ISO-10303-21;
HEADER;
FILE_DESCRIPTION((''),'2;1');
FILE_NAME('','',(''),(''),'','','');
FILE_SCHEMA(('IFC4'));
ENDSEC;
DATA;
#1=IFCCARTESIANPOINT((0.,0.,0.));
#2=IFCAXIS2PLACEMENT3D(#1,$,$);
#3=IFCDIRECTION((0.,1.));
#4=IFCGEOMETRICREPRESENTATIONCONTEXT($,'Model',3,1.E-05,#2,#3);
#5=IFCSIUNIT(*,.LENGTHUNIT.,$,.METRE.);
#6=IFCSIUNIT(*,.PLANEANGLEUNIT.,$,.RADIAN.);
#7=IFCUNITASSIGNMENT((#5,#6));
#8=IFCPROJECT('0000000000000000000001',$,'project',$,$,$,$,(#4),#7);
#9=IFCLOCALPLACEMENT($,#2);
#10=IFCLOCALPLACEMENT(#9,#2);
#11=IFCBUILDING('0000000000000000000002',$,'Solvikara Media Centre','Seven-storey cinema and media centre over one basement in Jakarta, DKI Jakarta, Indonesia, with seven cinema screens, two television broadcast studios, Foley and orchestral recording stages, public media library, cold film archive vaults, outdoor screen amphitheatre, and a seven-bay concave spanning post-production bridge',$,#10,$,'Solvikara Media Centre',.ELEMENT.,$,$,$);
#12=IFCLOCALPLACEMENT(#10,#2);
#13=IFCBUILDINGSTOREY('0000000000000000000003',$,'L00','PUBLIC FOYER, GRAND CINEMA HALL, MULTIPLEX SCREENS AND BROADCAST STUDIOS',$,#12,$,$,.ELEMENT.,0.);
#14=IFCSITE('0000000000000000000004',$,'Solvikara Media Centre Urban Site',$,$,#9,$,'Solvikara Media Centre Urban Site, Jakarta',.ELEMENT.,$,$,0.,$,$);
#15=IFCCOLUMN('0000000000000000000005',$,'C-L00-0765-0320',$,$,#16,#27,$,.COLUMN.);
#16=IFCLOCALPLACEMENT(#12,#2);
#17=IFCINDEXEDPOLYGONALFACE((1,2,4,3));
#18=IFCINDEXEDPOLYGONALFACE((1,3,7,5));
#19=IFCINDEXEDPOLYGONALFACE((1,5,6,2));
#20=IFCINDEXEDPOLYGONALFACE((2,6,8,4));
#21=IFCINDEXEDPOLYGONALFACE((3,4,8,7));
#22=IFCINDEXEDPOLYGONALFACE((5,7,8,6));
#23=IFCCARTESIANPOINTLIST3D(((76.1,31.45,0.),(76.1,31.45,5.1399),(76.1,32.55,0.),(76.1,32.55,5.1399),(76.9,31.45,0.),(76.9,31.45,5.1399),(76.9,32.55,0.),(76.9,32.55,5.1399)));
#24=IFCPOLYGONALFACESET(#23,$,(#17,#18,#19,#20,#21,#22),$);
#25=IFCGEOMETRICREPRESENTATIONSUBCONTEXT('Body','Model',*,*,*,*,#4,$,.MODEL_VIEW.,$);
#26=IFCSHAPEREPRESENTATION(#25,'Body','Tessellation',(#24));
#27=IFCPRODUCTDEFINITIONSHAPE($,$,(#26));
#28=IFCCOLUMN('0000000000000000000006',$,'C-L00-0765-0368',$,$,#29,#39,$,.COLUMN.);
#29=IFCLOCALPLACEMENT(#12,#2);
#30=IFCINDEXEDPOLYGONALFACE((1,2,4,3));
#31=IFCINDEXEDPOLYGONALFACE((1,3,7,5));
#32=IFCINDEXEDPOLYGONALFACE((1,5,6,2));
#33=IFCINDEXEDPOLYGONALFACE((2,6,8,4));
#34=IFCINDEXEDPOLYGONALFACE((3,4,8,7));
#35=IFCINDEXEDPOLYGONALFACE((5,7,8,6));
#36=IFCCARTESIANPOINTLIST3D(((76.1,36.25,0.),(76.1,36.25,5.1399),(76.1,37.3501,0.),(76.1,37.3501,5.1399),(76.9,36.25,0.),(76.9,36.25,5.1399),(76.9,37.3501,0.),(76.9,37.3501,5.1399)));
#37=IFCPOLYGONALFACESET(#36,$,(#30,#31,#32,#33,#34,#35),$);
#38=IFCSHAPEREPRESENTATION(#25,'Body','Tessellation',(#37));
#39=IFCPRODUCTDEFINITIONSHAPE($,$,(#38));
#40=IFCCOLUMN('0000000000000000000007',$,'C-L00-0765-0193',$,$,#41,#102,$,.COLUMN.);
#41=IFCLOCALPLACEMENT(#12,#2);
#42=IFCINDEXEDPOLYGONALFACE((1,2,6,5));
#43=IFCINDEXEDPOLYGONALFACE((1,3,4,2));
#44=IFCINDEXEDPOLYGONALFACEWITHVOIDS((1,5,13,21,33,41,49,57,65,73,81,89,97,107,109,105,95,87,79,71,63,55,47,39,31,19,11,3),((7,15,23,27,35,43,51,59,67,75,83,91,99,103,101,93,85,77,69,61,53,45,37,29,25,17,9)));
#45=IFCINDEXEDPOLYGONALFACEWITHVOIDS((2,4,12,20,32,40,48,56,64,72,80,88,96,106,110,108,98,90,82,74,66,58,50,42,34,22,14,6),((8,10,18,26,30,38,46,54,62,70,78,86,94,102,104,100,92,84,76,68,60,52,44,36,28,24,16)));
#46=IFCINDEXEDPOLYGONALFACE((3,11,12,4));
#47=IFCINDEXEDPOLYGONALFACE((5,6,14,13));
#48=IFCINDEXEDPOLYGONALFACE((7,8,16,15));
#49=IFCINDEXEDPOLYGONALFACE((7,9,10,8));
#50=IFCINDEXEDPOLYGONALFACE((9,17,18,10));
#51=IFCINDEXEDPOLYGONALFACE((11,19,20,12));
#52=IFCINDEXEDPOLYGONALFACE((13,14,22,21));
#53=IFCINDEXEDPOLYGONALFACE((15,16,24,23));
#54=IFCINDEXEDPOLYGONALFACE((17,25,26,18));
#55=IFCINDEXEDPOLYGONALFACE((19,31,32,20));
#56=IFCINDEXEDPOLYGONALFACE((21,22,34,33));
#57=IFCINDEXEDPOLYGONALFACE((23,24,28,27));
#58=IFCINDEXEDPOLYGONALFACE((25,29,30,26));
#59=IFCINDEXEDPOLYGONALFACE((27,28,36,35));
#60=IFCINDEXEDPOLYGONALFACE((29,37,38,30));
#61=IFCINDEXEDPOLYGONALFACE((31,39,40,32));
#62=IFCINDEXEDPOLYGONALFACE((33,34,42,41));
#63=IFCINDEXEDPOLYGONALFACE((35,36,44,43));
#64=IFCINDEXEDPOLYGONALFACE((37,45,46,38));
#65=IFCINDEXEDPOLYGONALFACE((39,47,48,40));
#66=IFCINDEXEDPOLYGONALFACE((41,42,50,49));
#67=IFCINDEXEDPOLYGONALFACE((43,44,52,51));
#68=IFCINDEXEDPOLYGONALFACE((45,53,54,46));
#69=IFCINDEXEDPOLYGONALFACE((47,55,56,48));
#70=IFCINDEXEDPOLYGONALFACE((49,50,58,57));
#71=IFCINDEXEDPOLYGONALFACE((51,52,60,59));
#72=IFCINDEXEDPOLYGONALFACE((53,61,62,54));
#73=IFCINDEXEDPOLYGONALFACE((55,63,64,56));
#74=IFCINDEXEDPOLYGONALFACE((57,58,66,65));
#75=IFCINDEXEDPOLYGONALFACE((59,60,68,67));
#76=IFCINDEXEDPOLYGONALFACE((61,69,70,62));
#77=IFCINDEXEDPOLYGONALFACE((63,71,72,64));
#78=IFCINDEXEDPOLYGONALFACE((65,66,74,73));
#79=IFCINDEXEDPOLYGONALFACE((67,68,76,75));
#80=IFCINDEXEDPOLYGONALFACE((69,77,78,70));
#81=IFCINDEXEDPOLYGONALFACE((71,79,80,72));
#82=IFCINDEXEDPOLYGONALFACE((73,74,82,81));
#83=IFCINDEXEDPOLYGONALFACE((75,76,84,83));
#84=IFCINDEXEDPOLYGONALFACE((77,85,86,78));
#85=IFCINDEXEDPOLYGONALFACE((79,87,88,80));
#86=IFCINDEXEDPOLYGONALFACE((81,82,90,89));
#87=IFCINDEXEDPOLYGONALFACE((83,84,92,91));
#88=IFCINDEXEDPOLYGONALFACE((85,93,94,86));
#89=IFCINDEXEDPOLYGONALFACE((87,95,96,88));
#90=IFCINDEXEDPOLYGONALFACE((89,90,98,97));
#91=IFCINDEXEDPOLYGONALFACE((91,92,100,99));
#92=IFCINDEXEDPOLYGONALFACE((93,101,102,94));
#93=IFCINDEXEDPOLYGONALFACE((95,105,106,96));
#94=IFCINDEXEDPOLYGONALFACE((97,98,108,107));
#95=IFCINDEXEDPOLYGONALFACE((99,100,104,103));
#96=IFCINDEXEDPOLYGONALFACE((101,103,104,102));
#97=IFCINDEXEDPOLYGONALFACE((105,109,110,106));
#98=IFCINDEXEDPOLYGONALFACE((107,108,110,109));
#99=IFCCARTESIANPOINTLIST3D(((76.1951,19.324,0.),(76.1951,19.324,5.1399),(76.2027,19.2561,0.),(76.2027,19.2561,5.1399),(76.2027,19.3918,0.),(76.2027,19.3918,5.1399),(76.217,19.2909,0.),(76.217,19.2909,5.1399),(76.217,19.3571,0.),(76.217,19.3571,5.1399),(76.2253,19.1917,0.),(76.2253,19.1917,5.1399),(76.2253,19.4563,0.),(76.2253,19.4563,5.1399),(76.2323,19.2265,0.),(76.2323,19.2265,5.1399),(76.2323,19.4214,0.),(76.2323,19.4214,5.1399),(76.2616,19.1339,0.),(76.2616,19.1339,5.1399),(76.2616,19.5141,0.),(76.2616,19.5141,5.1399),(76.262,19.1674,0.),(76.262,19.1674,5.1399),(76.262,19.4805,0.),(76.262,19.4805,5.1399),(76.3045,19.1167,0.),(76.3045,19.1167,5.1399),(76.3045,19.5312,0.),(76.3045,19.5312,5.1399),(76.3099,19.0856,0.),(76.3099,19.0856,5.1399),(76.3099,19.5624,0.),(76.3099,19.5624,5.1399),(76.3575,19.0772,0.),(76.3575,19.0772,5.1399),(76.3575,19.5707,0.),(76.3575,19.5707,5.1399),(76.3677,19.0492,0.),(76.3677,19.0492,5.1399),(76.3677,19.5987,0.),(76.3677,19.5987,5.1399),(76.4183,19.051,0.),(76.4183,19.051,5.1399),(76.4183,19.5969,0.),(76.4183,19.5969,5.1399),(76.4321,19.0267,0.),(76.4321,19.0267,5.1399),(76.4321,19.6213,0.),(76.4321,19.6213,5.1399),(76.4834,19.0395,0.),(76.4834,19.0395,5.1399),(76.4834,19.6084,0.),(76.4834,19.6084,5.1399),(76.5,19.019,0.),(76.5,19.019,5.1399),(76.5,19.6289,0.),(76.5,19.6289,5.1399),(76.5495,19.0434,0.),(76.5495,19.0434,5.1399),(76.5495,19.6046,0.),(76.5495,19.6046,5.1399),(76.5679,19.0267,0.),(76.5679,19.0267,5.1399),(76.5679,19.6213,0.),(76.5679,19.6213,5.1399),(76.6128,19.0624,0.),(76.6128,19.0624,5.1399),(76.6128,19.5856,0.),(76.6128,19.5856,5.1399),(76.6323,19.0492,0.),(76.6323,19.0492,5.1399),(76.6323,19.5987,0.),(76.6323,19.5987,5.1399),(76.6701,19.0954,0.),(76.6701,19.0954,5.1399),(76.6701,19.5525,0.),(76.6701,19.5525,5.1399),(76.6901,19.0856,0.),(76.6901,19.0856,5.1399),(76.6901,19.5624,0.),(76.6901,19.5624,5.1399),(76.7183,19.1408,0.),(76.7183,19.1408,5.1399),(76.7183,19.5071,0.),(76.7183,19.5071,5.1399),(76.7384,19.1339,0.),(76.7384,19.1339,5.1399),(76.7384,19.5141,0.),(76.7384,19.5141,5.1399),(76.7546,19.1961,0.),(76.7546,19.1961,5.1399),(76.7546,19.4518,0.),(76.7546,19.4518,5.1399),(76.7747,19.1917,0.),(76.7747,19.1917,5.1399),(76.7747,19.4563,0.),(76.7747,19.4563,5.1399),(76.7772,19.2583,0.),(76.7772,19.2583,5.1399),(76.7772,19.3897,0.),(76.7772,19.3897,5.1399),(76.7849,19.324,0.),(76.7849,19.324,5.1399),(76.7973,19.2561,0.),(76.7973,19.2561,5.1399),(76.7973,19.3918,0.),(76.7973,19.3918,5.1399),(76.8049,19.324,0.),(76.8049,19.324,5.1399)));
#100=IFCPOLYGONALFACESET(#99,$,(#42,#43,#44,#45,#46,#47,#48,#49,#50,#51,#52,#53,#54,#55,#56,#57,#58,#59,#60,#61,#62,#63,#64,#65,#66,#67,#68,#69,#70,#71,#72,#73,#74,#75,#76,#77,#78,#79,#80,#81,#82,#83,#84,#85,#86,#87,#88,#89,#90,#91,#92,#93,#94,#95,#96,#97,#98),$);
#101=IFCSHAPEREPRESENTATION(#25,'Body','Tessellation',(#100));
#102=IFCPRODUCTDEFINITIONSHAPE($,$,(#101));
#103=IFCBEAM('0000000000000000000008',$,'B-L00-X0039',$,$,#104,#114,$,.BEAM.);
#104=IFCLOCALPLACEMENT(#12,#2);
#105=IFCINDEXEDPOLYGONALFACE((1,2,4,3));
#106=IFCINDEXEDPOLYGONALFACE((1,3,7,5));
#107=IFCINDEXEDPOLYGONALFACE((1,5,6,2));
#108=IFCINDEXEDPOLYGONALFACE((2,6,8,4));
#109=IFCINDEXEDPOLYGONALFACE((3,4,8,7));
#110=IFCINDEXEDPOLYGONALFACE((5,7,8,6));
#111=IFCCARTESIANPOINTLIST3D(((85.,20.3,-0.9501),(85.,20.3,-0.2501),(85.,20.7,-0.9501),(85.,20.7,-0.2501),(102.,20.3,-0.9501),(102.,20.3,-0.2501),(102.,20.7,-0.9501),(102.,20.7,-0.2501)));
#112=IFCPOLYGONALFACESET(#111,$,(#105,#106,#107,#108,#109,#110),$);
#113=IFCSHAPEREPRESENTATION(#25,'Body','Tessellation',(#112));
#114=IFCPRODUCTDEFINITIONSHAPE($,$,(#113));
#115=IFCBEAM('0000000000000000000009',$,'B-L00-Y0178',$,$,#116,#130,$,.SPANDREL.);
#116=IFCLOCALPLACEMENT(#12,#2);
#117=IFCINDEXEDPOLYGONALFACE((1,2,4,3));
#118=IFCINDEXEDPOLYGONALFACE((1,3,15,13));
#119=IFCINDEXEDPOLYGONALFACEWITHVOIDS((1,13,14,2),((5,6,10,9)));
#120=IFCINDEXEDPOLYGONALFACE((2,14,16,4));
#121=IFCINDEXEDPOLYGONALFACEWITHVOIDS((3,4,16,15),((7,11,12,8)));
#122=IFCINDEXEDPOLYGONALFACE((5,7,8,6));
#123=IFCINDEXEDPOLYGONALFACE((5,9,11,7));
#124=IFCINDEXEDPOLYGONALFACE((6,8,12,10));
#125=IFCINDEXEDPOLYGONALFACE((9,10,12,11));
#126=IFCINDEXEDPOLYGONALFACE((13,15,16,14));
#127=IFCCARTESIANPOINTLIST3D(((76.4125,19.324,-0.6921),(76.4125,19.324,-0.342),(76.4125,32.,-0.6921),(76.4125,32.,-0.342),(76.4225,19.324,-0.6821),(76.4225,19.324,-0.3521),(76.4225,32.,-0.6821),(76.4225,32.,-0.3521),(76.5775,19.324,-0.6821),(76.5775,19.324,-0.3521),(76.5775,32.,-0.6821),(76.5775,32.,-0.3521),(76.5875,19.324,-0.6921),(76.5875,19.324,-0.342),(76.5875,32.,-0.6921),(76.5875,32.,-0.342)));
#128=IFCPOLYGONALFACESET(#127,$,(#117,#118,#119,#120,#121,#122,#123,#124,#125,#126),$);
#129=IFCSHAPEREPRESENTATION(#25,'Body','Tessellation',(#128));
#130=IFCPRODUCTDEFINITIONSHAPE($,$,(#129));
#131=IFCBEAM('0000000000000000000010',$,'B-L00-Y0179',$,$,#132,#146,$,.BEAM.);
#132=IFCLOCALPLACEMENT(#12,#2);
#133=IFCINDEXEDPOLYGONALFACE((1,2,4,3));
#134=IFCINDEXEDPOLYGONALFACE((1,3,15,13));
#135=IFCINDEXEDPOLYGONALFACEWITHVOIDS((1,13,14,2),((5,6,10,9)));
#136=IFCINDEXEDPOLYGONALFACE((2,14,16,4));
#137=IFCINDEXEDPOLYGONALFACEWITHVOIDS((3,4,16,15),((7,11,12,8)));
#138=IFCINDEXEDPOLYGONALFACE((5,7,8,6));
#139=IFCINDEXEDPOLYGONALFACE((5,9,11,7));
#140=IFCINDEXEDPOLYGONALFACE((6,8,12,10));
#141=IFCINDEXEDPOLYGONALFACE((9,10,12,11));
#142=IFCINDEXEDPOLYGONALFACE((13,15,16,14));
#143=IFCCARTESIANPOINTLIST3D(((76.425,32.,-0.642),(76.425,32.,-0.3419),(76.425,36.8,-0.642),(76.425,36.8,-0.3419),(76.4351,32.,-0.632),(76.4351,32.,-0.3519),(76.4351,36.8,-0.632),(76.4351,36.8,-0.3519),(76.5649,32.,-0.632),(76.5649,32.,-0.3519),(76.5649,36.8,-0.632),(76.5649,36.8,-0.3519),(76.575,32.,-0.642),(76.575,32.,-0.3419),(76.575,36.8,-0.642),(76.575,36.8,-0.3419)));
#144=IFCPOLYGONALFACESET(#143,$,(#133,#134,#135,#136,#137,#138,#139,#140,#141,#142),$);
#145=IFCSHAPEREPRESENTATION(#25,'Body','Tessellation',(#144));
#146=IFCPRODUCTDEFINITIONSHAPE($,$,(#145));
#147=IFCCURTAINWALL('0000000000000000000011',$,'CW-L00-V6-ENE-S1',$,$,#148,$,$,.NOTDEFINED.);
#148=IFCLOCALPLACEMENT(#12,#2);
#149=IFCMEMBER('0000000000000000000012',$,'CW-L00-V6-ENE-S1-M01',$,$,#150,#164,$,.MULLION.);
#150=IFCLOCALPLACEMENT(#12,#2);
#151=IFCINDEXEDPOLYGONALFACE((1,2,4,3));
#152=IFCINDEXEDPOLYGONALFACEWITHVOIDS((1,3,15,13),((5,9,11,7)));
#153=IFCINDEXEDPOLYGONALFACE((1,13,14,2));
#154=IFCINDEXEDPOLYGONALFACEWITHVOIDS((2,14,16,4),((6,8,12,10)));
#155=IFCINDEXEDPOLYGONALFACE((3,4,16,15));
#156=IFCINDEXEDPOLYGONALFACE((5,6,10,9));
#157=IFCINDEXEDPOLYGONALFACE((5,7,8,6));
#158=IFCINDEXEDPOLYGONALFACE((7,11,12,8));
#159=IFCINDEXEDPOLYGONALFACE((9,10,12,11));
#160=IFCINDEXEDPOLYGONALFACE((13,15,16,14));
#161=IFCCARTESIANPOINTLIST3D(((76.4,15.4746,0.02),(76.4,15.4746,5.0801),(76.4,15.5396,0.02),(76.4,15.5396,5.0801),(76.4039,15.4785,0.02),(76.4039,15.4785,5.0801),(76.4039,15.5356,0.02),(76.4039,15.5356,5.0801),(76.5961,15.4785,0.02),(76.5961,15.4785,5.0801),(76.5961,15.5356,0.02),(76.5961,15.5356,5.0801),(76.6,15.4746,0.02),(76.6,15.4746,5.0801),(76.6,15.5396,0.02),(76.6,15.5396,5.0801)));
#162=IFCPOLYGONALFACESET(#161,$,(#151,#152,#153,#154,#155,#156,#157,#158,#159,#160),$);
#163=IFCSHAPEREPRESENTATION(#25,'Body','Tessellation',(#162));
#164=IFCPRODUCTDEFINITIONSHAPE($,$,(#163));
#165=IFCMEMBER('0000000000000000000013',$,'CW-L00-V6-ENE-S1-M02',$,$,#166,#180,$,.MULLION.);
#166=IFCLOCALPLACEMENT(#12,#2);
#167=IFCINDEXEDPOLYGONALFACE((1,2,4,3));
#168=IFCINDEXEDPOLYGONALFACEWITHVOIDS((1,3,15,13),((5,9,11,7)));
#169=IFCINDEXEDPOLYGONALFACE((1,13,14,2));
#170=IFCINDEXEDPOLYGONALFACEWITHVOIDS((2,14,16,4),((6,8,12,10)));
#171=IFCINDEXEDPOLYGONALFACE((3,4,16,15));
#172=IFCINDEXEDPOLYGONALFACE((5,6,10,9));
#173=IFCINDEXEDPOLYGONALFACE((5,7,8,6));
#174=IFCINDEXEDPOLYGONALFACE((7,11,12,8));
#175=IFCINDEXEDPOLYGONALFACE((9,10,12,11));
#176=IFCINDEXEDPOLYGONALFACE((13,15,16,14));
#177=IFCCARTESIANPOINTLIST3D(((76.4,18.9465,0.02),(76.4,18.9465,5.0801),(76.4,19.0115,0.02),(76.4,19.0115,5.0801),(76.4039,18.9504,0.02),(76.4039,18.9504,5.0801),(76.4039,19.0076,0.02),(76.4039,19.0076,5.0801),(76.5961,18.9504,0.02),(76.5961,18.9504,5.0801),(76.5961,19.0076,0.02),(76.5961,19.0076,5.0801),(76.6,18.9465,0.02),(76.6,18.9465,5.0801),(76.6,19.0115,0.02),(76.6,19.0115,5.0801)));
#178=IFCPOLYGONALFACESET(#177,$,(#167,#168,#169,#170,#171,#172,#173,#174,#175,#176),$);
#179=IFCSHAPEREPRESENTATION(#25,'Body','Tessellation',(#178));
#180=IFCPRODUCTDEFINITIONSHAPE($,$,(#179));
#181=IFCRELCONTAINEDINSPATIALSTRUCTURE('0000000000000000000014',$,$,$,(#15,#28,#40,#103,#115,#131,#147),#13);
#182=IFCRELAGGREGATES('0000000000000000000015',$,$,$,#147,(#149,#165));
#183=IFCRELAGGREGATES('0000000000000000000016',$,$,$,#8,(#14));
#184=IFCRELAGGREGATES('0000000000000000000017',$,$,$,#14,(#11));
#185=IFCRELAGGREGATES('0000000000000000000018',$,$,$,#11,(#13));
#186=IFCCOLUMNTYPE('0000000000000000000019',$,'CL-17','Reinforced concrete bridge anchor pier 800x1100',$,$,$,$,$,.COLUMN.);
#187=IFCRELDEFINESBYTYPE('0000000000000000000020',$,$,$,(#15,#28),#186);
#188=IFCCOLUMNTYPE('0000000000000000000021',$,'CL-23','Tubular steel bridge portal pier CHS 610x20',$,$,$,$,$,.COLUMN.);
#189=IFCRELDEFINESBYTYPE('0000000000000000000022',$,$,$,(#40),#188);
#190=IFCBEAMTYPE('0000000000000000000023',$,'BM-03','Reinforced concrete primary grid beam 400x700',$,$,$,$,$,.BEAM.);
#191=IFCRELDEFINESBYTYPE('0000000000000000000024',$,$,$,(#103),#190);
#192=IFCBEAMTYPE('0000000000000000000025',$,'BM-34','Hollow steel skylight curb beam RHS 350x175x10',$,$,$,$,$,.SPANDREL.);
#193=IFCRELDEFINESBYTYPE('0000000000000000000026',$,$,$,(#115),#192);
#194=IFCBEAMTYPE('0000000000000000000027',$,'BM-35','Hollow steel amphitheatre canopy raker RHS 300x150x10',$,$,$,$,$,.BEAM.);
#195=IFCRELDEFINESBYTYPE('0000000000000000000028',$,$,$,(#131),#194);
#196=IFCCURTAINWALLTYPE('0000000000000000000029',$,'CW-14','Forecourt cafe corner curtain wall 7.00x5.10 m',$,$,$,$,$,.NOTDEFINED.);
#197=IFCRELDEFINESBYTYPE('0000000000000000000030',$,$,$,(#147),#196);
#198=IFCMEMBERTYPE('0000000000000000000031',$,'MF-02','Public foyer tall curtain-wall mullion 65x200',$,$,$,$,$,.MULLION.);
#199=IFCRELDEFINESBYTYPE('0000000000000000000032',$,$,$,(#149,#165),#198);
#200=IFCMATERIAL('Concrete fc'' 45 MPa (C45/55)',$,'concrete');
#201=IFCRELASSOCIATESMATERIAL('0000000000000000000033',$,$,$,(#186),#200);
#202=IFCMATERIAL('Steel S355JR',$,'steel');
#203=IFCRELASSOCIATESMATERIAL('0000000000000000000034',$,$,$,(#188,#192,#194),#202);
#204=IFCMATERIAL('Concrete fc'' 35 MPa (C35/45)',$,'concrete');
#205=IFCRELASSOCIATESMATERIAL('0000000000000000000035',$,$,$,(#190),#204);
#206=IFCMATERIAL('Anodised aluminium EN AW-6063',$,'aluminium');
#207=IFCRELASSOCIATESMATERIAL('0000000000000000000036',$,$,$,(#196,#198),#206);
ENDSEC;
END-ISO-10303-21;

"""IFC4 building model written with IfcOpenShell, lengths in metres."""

from ifc_helpers import new_model, si_unit, direction, frame, origin, origin_2d, place, context, subcontext, project, spatial, rectangle, hollow_rectangle, hollow_circle, extrude, material, material_profile, profile_set, type_object, element, aggregate, save


model = new_model("IFC4")

# Units and contexts
model_context = context("Model", 3, precision=1e-05, world=origin(), true_north=direction((0.0, 1.0)))
body_context = subcontext(model_context, "Body", "Model", "MODEL_VIEW")
ifc_project = project(units=[si_unit("LENGTHUNIT", "METRE"), si_unit("PLANEANGLEUNIT", "RADIAN")], contexts=[model_context])

# Site, building, storey
site_placement = place(None, origin())
site = spatial("IfcSite", under=ifc_project, at=site_placement, Name="Solvikara Media Centre Urban Site", LongName="Solvikara Media Centre Urban Site, Jakarta", CompositionType="ELEMENT", RefElevation=0.0)
building_placement = place(site_placement, origin())
building = spatial("IfcBuilding", under=site, at=building_placement, Name="Solvikara Media Centre", Description="Seven-storey cinema and media centre over one basement in Jakarta, DKI Jakarta, Indonesia, with seven cinema screens, two television broadcast studios, Foley and orchestral recording stages, public media library, cold film archive vaults, outdoor screen amphitheatre, and a seven-bay concave spanning post-production bridge", LongName="Solvikara Media Centre", CompositionType="ELEMENT")
storey_placement = place(building_placement, origin())
storey = spatial("IfcBuildingStorey", under=building, at=storey_placement, Name="L00", Description="PUBLIC FOYER, GRAND CINEMA HALL, MULTIPLEX SCREENS AND BROADCAST STUDIOS", CompositionType="ELEMENT", Elevation=0.0)

# Columns
ifc_material_1 = material(Name="Concrete fc' 45 MPa (C45/55)", Category="concrete")
ifc_material_profile_1 = material_profile(ifc_material_1, rectangle(XDim=0.8, YDim=1.1001, at=origin_2d()), Name="RC 800x1100")
ifc_profile_set_1 = profile_set([ifc_material_profile_1], Name="Concrete fc' 45 MPa (C45/55)")
column_type_1 = type_object("IfcColumnType", Name="CL-17", Description="Reinforced concrete bridge anchor pier 800x1100", PredefinedType="COLUMN", material=ifc_profile_set_1)
for number, where, z_axis, x_axis, name in (
    (1, (76.5, 32.0, 0.0), (0.0, 0.0, 1.0), (1.0, 0.0, 0.0), "C-L00-0765-0320"),
    (2, (76.5, 36.8, 0.0), (0.0, 0.0, 1.0), (1.0, 0.0, 0.0), "C-L00-0765-0368"),
):
    element("IfcColumn", number, at=place(storey_placement, frame(where, z_axis=z_axis, x_axis=x_axis)), inside=storey, type_object=column_type_1, Name=name, PredefinedType="COLUMN", context=body_context, shape_type="SweptSolid", body=[
        extrude(rectangle(XDim=0.8, YDim=1.1001, at=origin_2d()), origin(), (0.0, 0.0, 1.0), 5.1399),
    ])
ifc_material_2 = material(Name="Steel S355JR", Category="steel")
ifc_material_profile_2 = material_profile(ifc_material_2, hollow_circle(Radius=0.3049, WallThickness=0.02, at=origin_2d()), Name="CHS 610x20")
ifc_profile_set_2 = profile_set([ifc_material_profile_2], Name="Steel S355JR")
column_type_2 = type_object("IfcColumnType", Name="CL-23", Description="Tubular steel bridge portal pier CHS 610x20", PredefinedType="COLUMN", material=ifc_profile_set_2)
column_placement = place(storey_placement, frame((76.5, 19.324, 0.0), z_axis=(0.0, 0.0, 1.0), x_axis=(1.0, 0.0, 0.0)))
element("IfcColumn", 3, at=column_placement, inside=storey, type_object=column_type_2, Name="C-L00-0765-0193", PredefinedType="COLUMN", context=body_context, shape_type="SweptSolid", body=[
    extrude(hollow_circle(Radius=0.3049, WallThickness=0.02, at=origin_2d()), origin(), (0.0, 0.0, 1.0), 5.1399),
])

# Beams
ifc_material_3 = material(Name="Concrete fc' 35 MPa (C35/45)", Category="concrete")
ifc_material_profile_3 = material_profile(ifc_material_3, rectangle(XDim=0.3999, YDim=0.7, at=origin_2d()), Name="RC 400x700")
ifc_profile_set_3 = profile_set([ifc_material_profile_3], Name="Concrete fc' 35 MPa (C35/45)")
beam_type_1 = type_object("IfcBeamType", Name="BM-03", Description="Reinforced concrete primary grid beam 400x700", PredefinedType="BEAM", material=ifc_profile_set_3)
beam_1_placement = place(storey_placement, frame((85.0, 20.5, -0.6001), z_axis=(1.0, 0.0, 0.0), x_axis=(0.0, 1.0, 0.0)))
element("IfcBeam", 4, at=beam_1_placement, inside=storey, type_object=beam_type_1, Name="B-L00-X0039", PredefinedType="BEAM", context=body_context, shape_type="SweptSolid", body=[
    extrude(rectangle(XDim=0.3999, YDim=0.7, at=origin_2d()), origin(), (0.0, 0.0, 1.0), 17.0),
])
ifc_material_profile_4 = material_profile(ifc_material_2, hollow_rectangle(XDim=0.175, YDim=0.3501, WallThickness=0.01, at=origin_2d()), Name="RHS 350x175x10")
ifc_profile_set_4 = profile_set([ifc_material_profile_4], Name="Steel S355JR")
beam_type_2 = type_object("IfcBeamType", Name="BM-34", Description="Hollow steel skylight curb beam RHS 350x175x10", PredefinedType="SPANDREL", material=ifc_profile_set_4)
beam_2_placement = place(storey_placement, frame((76.5, 19.324, -0.5171), z_axis=(0.0, 1.0, 0.0), x_axis=(-1.0, 0.0, 0.0)))
element("IfcBeam", 5, at=beam_2_placement, inside=storey, type_object=beam_type_2, Name="B-L00-Y0178", PredefinedType="SPANDREL", context=body_context, shape_type="SweptSolid", body=[
    extrude(hollow_rectangle(XDim=0.175, YDim=0.3501, WallThickness=0.01, at=origin_2d()), origin(), (0.0, 0.0, 1.0), 12.676),
])
ifc_material_profile_5 = material_profile(ifc_material_2, hollow_rectangle(XDim=0.1499, YDim=0.3, WallThickness=0.01, at=origin_2d()), Name="RHS 300x150x10")
ifc_profile_set_5 = profile_set([ifc_material_profile_5], Name="Steel S355JR")
beam_type_3 = type_object("IfcBeamType", Name="BM-35", Description="Hollow steel amphitheatre canopy raker RHS 300x150x10", PredefinedType="BEAM", material=ifc_profile_set_5)
beam_3_placement = place(storey_placement, frame((76.5, 32.0, -0.4919), z_axis=(0.0, 1.0, 0.0), x_axis=(-1.0, 0.0, 0.0)))
element("IfcBeam", 6, at=beam_3_placement, inside=storey, type_object=beam_type_3, Name="B-L00-Y0179", PredefinedType="BEAM", context=body_context, shape_type="SweptSolid", body=[
    extrude(hollow_rectangle(XDim=0.1499, YDim=0.3, WallThickness=0.01, at=origin_2d()), origin(), (0.0, 0.0, 1.0), 4.8),
])

# Curtain wall, members
ifc_material_4 = material(Name="Anodised aluminium EN AW-6063", Category="aluminium")
curtain_wall_type = type_object("IfcCurtainWallType", Name="CW-14", Description="Forecourt cafe corner curtain wall 7.00x5.10 m", PredefinedType="NOTDEFINED", material=ifc_material_4)
curtain_wall_1_placement = place(storey_placement, origin())
curtain_wall_1 = element("IfcCurtainWall", 7, at=curtain_wall_1_placement, inside=storey, type_object=curtain_wall_type, Name="CW-L00-V6-ENE-S1", PredefinedType="NOTDEFINED")
ifc_material_profile_6 = material_profile(ifc_material_4, hollow_rectangle(XDim=0.0649, YDim=0.2, WallThickness=0.0039, at=origin_2d()), Name="ALU-M 65x200x4")
ifc_profile_set_6 = profile_set([ifc_material_profile_6], Name="Anodised aluminium EN AW-6063")
member_type_1 = type_object("IfcMemberType", Name="MF-02", Description="Public foyer tall curtain-wall mullion 65x200", PredefinedType="MULLION", material=ifc_profile_set_6)
member_1_placement = place(storey_placement, frame((76.5, 15.5071, 0.02), z_axis=(0.0, 0.0, 1.0), x_axis=(0.0, 1.0, 0.0)))
member_1 = element("IfcMember", 8, at=member_1_placement, type_object=member_type_1, Name="CW-L00-V6-ENE-S1-M01", PredefinedType="MULLION", context=body_context, shape_type="SweptSolid", body=[
    extrude(hollow_rectangle(XDim=0.0649, YDim=0.2, WallThickness=0.0039, at=origin_2d()), origin(), (0.0, 0.0, 1.0), 5.0601),
])
member_2_placement = place(storey_placement, frame((76.5, 18.979, 0.02), z_axis=(0.0, 0.0, 1.0), x_axis=(0.0, 1.0, 0.0)))
member_2 = element("IfcMember", 9, at=member_2_placement, type_object=member_type_1, Name="CW-L00-V6-ENE-S1-M02", PredefinedType="MULLION", context=body_context, shape_type="SweptSolid", body=[
    extrude(hollow_rectangle(XDim=0.0649, YDim=0.2, WallThickness=0.0039, at=origin_2d()), origin(), (0.0, 0.0, 1.0), 5.0601),
])

aggregate(curtain_wall_1, [member_1, member_2])

save(model, "model.ifc")
